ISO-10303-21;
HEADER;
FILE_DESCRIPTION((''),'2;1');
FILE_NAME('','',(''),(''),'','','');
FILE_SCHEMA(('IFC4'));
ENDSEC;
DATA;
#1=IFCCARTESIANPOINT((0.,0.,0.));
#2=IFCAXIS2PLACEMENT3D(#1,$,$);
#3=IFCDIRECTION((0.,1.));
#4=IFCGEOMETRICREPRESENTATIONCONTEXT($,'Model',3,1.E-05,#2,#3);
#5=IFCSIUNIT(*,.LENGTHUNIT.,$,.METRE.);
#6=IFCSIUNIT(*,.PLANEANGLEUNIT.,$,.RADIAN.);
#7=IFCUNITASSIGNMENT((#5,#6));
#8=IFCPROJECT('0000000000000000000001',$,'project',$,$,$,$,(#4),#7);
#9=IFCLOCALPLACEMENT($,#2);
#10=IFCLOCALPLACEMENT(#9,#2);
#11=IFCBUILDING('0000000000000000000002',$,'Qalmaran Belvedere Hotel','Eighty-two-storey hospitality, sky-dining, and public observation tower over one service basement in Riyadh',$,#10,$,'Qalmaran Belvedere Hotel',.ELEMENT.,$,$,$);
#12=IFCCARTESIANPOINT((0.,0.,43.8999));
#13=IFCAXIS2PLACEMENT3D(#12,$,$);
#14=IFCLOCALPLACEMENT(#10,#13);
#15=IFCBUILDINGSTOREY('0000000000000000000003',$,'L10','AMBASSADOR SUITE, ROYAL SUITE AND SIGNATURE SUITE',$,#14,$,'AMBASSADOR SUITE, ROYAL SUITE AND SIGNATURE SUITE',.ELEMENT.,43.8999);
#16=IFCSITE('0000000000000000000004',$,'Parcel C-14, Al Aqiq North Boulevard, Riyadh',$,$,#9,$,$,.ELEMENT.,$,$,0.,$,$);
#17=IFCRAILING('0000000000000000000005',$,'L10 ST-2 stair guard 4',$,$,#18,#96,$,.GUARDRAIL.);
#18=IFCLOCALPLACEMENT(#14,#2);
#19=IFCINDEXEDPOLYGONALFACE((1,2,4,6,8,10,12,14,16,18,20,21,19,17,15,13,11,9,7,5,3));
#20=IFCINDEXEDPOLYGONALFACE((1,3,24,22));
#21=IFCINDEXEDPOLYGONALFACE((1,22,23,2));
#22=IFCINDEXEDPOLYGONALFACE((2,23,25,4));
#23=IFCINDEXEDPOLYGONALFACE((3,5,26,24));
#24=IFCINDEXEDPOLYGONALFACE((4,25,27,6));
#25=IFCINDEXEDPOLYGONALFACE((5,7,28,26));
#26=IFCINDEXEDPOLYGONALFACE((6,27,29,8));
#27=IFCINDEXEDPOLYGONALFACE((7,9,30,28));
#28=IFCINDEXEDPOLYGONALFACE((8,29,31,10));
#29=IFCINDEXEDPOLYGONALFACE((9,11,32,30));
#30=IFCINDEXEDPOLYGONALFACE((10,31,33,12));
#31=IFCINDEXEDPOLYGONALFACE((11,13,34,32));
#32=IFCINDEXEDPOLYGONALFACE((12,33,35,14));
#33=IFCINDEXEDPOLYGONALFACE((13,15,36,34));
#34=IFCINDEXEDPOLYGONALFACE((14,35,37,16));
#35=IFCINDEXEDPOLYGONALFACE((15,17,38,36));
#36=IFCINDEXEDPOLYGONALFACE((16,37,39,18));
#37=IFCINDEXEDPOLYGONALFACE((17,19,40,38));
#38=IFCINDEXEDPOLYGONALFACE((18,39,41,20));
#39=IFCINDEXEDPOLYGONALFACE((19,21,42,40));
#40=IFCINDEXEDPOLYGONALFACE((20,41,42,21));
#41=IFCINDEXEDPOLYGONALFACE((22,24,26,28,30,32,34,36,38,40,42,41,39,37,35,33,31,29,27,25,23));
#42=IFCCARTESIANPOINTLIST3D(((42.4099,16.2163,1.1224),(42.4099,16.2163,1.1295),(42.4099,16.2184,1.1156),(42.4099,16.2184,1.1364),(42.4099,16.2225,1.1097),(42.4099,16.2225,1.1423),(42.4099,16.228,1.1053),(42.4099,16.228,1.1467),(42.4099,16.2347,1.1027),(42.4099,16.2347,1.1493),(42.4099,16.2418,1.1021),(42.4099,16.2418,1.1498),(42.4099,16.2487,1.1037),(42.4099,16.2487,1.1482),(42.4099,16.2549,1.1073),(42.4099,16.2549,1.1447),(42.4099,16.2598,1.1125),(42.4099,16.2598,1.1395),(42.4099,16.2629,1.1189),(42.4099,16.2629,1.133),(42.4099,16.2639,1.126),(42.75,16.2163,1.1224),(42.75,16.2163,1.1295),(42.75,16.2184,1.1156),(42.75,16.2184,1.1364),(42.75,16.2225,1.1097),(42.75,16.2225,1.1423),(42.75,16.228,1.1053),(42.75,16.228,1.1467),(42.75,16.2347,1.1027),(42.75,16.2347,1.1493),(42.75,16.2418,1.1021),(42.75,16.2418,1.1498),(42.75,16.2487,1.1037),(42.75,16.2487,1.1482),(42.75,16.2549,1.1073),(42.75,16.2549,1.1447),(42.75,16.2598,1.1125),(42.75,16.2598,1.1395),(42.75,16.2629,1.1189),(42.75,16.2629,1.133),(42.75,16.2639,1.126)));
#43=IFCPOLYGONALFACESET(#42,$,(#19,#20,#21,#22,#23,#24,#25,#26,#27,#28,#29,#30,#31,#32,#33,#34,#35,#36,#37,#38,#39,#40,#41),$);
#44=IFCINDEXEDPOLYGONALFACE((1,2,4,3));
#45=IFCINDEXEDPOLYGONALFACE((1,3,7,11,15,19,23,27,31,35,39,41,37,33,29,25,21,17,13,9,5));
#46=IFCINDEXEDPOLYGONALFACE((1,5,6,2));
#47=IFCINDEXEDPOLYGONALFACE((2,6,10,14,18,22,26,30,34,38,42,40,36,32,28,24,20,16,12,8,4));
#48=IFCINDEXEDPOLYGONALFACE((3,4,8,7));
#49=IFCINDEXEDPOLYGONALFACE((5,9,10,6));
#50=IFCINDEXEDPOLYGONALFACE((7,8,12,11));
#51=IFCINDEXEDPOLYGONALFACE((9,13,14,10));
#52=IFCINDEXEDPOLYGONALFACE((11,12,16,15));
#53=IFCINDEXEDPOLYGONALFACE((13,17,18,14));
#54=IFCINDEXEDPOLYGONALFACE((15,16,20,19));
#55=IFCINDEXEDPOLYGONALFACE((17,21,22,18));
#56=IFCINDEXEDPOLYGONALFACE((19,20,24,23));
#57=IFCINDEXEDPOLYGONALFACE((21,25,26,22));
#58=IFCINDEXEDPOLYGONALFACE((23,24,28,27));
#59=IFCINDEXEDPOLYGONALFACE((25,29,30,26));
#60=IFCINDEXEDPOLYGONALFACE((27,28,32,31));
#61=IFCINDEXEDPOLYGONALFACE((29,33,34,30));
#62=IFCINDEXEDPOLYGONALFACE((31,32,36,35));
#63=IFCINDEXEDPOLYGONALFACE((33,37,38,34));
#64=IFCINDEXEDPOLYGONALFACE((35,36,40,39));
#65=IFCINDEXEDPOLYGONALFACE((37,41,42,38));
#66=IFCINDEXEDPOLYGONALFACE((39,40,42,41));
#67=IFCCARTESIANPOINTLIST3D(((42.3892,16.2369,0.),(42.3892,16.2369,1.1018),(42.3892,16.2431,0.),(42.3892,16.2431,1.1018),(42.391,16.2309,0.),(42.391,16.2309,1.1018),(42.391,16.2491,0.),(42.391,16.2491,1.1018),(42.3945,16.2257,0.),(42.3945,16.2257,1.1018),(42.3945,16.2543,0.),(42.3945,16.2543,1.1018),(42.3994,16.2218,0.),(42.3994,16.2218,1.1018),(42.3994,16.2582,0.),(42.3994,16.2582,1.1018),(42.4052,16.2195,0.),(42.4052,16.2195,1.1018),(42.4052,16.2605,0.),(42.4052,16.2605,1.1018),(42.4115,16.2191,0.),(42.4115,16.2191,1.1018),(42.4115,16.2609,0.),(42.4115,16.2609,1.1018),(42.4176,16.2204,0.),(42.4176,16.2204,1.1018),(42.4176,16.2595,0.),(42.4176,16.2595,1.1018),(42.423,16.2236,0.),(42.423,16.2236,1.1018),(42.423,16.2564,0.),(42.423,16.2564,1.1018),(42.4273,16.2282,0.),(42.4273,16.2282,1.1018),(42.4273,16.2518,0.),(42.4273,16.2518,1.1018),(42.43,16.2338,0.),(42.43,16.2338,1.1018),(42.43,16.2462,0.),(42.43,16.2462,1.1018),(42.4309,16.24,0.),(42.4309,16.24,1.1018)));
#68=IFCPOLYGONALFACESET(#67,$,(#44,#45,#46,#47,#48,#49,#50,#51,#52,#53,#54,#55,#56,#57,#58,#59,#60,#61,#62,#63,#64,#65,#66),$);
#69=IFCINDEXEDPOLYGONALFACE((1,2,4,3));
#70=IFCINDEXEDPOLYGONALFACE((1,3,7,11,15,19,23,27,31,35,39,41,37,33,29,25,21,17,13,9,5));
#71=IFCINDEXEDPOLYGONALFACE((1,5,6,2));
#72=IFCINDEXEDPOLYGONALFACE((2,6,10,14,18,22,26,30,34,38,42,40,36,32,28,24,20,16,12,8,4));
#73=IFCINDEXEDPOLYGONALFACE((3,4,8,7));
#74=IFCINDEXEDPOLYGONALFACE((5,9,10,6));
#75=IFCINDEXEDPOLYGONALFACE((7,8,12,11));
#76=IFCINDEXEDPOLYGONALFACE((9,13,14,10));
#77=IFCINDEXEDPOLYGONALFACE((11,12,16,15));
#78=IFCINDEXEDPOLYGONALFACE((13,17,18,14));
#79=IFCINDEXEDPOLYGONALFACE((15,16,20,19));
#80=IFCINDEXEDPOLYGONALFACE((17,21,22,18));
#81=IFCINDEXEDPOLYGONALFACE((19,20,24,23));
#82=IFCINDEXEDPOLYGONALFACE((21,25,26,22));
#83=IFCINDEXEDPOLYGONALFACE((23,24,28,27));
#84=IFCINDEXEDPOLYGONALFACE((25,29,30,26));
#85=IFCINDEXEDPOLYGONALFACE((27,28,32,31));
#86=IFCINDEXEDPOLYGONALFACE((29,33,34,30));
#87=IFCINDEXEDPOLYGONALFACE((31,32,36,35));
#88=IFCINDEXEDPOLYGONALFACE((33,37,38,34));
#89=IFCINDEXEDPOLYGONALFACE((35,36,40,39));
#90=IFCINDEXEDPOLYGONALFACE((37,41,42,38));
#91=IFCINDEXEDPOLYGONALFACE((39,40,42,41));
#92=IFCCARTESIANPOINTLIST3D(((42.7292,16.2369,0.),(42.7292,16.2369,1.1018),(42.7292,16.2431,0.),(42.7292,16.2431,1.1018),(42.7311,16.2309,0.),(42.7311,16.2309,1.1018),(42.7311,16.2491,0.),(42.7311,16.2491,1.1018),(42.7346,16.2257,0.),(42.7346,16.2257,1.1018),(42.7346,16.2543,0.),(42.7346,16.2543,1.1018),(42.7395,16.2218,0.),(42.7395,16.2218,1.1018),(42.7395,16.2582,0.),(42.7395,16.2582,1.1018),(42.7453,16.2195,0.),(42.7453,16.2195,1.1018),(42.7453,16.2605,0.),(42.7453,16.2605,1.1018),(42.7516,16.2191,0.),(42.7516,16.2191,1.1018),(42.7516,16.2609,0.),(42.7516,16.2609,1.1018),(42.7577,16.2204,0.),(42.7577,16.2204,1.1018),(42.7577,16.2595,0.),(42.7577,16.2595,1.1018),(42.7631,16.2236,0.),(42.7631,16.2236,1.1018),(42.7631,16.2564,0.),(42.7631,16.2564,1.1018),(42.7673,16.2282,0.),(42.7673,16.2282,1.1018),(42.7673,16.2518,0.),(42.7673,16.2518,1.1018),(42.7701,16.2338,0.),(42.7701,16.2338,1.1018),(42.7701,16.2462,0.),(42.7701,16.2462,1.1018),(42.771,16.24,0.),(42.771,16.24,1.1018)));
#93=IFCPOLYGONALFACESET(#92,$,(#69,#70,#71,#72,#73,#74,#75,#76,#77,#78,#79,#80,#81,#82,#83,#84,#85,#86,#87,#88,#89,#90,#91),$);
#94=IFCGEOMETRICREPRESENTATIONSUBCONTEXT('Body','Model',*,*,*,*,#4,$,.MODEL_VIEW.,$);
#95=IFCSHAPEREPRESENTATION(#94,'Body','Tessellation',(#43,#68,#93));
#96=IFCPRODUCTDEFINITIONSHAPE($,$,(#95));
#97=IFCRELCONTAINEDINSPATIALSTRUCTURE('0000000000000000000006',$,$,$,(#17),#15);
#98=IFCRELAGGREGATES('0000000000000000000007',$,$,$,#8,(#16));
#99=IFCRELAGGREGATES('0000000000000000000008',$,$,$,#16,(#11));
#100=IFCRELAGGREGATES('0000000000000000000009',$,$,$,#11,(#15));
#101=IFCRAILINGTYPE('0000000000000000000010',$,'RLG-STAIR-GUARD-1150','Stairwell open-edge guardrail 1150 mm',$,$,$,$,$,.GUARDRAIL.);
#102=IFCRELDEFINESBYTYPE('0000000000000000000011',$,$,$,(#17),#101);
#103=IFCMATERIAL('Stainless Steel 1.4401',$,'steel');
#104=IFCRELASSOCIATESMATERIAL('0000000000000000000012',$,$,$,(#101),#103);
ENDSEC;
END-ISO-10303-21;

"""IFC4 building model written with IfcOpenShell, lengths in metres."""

from ifc_helpers import new_model, si_unit, direction, frame, origin, origin_2d, place, context, subcontext, project, spatial, circle, extrude, material, type_object, element, save


model = new_model("IFC4")

# Units and contexts
model_context = context("Model", 3, precision=1e-05, world=origin(), true_north=direction((0.0, 1.0)))
body_context = subcontext(model_context, "Body", "Model", "MODEL_VIEW")
ifc_project = project(units=[si_unit("LENGTHUNIT", "METRE"), si_unit("PLANEANGLEUNIT", "RADIAN")], contexts=[model_context])

# Site, building, storey
site_placement = place(None, origin())
site = spatial("IfcSite", under=ifc_project, at=site_placement, Name="Parcel C-14, Al Aqiq North Boulevard, Riyadh", CompositionType="ELEMENT", RefElevation=0.0)
building_placement = place(site_placement, origin())
building = spatial("IfcBuilding", under=site, at=building_placement, Name="Qalmaran Belvedere Hotel", Description="Eighty-two-storey hospitality, sky-dining, and public observation tower over one service basement in Riyadh", LongName="Qalmaran Belvedere Hotel", CompositionType="ELEMENT")
storey_placement = place(building_placement, frame((0.0, 0.0, 43.8999)))
storey = spatial("IfcBuildingStorey", under=building, at=storey_placement, Name="L10", Description="AMBASSADOR SUITE, ROYAL SUITE AND SIGNATURE SUITE", LongName="AMBASSADOR SUITE, ROYAL SUITE AND SIGNATURE SUITE", CompositionType="ELEMENT", Elevation=43.8999)

# Shared definitions
ifc_material_1 = material(Name="Stainless Steel 1.4401", Category="steel")

# Railing
railing_type_1 = type_object("IfcRailingType", Name="RLG-STAIR-GUARD-1150", Description="Stairwell open-edge guardrail 1150 mm", PredefinedType="GUARDRAIL", material=ifc_material_1)
railing_1_placement = place(storey_placement, frame((42.4099, 16.24, 0.0)))
element("IfcRailing", 1, at=railing_1_placement, inside=storey, type_object=railing_type_1, Name="L10 ST-2 stair guard 4", PredefinedType="GUARDRAIL", context=body_context, shape_type="SweptSolid", body=[
    extrude(circle(Radius=0.0239, at=origin_2d()), frame((0.0, 0.0, 1.126), z_axis=(1.0, 0.0, 0.0), x_axis=(0.0, 1.0, 0.0)), (0.0, 0.0, 1.0), 0.3401),
    extrude(circle(Radius=0.021, at=origin_2d()), origin(), (0.0, 0.0, 1.0), 1.1018),
    extrude(circle(Radius=0.021, at=origin_2d()), frame((0.3401, 0.0, 0.0)), (0.0, 0.0, 1.0), 1.1018),
])

save(model, "model.ifc")
